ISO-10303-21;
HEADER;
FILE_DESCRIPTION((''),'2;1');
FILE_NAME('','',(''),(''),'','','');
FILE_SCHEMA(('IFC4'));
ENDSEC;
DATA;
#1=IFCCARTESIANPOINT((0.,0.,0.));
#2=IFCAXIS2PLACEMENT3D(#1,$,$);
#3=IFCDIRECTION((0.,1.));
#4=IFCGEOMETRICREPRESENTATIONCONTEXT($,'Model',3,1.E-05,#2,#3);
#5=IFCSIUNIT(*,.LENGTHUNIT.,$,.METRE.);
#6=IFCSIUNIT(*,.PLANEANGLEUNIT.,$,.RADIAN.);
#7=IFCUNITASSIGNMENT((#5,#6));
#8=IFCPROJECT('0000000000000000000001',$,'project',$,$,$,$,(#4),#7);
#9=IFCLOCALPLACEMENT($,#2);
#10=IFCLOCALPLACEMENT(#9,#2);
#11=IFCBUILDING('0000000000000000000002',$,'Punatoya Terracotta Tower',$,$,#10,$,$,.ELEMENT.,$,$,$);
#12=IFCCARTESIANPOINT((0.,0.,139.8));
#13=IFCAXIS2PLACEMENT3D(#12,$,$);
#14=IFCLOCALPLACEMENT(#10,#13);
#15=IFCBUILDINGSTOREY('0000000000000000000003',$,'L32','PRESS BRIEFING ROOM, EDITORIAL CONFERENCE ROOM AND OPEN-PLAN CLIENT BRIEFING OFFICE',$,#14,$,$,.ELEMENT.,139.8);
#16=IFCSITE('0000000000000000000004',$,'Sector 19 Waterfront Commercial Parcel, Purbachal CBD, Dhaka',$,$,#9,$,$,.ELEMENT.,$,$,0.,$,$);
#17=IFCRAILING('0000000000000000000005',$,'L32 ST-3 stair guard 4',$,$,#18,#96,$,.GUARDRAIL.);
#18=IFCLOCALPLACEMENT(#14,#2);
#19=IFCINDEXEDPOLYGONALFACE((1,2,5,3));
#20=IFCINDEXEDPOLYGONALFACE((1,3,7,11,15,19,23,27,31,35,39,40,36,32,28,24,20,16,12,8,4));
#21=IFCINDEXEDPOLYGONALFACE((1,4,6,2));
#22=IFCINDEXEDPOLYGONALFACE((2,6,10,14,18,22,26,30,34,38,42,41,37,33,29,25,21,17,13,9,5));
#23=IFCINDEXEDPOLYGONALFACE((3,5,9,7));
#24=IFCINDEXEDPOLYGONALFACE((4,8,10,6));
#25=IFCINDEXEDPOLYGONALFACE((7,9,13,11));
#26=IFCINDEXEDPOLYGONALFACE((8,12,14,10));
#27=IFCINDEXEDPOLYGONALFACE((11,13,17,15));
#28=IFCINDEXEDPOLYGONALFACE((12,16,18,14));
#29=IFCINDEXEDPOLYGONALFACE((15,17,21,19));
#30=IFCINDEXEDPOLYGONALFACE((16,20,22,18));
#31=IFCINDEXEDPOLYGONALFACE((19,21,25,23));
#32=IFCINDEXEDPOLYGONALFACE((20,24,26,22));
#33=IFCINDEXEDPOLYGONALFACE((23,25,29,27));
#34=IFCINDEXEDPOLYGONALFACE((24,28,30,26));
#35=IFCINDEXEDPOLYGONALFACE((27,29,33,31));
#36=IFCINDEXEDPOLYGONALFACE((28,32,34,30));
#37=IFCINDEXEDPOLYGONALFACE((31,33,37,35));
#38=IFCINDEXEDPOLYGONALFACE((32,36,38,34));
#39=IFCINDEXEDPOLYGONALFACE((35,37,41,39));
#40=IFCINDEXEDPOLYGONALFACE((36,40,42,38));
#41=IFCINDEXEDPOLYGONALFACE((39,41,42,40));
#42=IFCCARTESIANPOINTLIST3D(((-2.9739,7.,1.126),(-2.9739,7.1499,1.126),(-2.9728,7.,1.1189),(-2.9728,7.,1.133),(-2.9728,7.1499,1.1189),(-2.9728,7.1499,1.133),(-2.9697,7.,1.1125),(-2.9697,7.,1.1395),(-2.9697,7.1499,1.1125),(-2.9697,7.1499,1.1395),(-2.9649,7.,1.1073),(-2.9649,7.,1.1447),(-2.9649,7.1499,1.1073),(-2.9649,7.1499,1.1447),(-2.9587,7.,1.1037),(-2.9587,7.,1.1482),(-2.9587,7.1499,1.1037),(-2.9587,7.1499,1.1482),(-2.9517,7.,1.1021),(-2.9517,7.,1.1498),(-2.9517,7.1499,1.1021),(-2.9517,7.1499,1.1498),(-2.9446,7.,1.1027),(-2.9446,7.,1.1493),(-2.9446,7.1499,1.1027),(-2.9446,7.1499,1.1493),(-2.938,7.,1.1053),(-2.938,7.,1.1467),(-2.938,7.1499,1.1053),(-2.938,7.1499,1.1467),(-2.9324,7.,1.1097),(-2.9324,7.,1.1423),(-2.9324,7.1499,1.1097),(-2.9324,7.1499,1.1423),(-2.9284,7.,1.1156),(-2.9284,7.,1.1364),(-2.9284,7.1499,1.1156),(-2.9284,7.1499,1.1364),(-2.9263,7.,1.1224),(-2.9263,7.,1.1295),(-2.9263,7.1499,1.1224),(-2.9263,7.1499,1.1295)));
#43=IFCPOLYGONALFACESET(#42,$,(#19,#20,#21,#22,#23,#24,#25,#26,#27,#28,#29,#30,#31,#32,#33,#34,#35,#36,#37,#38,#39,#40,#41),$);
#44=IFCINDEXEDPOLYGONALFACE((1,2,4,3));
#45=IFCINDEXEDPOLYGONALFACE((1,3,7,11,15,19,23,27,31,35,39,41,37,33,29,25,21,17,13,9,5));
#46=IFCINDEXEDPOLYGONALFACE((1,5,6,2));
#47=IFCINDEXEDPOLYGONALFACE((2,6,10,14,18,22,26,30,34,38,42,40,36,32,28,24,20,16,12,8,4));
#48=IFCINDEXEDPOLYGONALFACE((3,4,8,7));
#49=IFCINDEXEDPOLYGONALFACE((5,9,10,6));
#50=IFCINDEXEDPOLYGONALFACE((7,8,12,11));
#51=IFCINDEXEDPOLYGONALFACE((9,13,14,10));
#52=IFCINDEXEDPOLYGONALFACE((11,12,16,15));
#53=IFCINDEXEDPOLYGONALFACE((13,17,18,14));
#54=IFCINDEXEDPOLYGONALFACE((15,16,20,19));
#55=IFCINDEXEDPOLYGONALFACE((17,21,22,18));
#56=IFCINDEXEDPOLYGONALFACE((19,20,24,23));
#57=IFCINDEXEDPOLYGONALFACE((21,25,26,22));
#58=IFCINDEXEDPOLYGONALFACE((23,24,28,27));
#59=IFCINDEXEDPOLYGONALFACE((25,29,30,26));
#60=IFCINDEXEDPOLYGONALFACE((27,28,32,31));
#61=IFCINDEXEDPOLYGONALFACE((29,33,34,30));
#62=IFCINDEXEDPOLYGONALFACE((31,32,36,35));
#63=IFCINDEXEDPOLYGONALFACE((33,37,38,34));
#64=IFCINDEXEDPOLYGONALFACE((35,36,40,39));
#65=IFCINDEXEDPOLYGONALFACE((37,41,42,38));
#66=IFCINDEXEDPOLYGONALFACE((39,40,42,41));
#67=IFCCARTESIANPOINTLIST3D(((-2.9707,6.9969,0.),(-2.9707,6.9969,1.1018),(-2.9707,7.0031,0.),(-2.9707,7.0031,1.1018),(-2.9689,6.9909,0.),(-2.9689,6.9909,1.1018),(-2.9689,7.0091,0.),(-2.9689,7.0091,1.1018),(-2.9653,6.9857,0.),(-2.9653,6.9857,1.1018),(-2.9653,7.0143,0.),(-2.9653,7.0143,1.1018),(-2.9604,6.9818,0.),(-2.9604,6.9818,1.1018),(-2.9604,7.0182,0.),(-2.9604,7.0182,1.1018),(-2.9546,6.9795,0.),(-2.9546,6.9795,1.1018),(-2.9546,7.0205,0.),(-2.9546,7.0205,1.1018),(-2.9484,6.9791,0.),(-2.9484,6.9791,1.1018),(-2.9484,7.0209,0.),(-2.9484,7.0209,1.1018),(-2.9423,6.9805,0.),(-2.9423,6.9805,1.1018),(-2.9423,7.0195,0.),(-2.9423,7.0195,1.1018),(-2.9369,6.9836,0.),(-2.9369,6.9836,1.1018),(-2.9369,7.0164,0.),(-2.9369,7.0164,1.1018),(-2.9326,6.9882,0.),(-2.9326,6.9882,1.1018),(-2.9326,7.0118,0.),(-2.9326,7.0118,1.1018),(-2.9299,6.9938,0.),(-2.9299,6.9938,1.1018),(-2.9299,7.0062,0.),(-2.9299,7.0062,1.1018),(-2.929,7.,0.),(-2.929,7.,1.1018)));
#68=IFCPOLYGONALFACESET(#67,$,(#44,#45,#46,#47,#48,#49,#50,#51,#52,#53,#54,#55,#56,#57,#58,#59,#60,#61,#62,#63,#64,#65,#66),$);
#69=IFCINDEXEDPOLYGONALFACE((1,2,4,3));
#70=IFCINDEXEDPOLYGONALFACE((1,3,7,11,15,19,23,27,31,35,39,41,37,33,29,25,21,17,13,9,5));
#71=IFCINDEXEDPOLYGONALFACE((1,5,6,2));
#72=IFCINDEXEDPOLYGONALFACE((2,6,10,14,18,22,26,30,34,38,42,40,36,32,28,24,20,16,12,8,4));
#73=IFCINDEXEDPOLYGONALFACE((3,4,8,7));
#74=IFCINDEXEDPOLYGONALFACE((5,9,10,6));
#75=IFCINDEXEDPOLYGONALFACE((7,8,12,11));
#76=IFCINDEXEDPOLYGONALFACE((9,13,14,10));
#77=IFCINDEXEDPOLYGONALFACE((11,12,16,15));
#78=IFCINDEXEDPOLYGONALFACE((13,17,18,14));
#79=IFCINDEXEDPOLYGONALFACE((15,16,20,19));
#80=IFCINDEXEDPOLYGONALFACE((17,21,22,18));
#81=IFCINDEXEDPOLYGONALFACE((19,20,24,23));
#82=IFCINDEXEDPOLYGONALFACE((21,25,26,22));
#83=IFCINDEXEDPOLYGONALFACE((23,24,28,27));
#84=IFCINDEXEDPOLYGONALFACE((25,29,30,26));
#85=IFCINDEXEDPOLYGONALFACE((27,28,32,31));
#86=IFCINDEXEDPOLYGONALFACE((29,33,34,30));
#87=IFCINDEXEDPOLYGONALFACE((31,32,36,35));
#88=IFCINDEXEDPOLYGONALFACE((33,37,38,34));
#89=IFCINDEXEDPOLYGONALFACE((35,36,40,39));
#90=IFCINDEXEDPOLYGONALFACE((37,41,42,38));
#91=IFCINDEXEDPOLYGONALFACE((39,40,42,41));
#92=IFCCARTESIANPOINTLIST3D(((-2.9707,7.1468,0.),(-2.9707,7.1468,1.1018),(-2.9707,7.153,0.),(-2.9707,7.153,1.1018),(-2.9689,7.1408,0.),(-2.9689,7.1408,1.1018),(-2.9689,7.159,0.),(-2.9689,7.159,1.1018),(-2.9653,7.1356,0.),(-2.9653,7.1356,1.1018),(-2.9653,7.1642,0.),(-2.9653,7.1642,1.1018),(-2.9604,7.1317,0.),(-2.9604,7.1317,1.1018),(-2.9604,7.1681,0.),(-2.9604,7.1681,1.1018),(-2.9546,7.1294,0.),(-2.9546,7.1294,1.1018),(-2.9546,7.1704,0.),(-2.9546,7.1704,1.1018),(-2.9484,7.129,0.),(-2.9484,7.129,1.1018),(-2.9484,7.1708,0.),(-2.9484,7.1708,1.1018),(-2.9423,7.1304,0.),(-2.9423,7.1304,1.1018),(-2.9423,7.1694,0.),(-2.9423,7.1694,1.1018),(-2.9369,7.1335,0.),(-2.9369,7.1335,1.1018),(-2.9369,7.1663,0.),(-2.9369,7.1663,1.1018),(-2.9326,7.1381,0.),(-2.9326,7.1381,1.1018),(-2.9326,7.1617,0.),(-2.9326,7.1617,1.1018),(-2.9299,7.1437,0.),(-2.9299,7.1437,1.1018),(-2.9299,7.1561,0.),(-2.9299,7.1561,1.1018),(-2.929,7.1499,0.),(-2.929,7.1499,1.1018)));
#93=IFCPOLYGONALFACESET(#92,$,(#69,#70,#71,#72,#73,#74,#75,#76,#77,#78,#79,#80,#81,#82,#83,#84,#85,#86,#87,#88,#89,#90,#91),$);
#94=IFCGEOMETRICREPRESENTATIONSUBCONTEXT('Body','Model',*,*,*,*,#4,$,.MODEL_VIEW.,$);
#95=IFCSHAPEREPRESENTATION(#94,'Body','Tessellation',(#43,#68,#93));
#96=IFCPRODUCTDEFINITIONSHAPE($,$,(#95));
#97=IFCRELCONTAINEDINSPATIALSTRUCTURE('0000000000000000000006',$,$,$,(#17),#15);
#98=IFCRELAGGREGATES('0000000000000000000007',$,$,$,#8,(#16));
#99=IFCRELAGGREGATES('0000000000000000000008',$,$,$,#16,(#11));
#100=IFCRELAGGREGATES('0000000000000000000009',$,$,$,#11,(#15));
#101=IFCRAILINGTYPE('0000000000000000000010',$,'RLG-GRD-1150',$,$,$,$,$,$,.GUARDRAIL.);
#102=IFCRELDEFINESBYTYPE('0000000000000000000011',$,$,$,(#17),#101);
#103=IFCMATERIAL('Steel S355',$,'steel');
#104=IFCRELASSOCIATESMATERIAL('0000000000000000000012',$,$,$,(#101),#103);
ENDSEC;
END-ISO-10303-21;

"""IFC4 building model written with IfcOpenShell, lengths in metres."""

from ifc_helpers import new_model, si_unit, direction, frame, origin, origin_2d, place, context, subcontext, project, spatial, circle, extrude, material, type_object, element, save


model = new_model("IFC4")

# Units and contexts
model_context = context("Model", 3, precision=1e-05, world=origin(), true_north=direction((0.0, 1.0)))
body_context = subcontext(model_context, "Body", "Model", "MODEL_VIEW")
ifc_project = project(units=[si_unit("LENGTHUNIT", "METRE"), si_unit("PLANEANGLEUNIT", "RADIAN")], contexts=[model_context])

# Site, building, storey
site_placement = place(None, origin())
site = spatial("IfcSite", under=ifc_project, at=site_placement, Name="Sector 19 Waterfront Commercial Parcel, Purbachal CBD, Dhaka", CompositionType="ELEMENT", RefElevation=0.0)
building_placement = place(site_placement, origin())
building = spatial("IfcBuilding", under=site, at=building_placement, Name="Punatoya Terracotta Tower", CompositionType="ELEMENT")
storey_placement = place(building_placement, frame((0.0, 0.0, 139.8)))
storey = spatial("IfcBuildingStorey", under=building, at=storey_placement, Name="L32", Description="PRESS BRIEFING ROOM, EDITORIAL CONFERENCE ROOM AND OPEN-PLAN CLIENT BRIEFING OFFICE", CompositionType="ELEMENT", Elevation=139.8)

# Shared definitions
ifc_material_1 = material(Name="Steel S355", Category="steel")

# Railing
railing_type_1 = type_object("IfcRailingType", Name="RLG-GRD-1150", PredefinedType="GUARDRAIL", material=ifc_material_1)
railing_1_placement = place(storey_placement, frame((-2.95, 7.0, 0.0)))
element("IfcRailing", 1, at=railing_1_placement, inside=storey, type_object=railing_type_1, Name="L32 ST-3 stair guard 4", PredefinedType="GUARDRAIL", context=body_context, shape_type="SweptSolid", body=[
    extrude(circle(Radius=0.0239, at=origin_2d()), frame((0.0, 0.0, 1.126), z_axis=(0.0, 1.0, 0.0), x_axis=(-1.0, 0.0, 0.0)), (0.0, 0.0, 1.0), 0.1499),
    extrude(circle(Radius=0.021, at=origin_2d()), origin(), (0.0, 0.0, 1.0), 1.1018),
    extrude(circle(Radius=0.021, at=origin_2d()), frame((0.0, 0.1499, 0.0)), (0.0, 0.0, 1.0), 1.1018),
])

save(model, "model.ifc")
